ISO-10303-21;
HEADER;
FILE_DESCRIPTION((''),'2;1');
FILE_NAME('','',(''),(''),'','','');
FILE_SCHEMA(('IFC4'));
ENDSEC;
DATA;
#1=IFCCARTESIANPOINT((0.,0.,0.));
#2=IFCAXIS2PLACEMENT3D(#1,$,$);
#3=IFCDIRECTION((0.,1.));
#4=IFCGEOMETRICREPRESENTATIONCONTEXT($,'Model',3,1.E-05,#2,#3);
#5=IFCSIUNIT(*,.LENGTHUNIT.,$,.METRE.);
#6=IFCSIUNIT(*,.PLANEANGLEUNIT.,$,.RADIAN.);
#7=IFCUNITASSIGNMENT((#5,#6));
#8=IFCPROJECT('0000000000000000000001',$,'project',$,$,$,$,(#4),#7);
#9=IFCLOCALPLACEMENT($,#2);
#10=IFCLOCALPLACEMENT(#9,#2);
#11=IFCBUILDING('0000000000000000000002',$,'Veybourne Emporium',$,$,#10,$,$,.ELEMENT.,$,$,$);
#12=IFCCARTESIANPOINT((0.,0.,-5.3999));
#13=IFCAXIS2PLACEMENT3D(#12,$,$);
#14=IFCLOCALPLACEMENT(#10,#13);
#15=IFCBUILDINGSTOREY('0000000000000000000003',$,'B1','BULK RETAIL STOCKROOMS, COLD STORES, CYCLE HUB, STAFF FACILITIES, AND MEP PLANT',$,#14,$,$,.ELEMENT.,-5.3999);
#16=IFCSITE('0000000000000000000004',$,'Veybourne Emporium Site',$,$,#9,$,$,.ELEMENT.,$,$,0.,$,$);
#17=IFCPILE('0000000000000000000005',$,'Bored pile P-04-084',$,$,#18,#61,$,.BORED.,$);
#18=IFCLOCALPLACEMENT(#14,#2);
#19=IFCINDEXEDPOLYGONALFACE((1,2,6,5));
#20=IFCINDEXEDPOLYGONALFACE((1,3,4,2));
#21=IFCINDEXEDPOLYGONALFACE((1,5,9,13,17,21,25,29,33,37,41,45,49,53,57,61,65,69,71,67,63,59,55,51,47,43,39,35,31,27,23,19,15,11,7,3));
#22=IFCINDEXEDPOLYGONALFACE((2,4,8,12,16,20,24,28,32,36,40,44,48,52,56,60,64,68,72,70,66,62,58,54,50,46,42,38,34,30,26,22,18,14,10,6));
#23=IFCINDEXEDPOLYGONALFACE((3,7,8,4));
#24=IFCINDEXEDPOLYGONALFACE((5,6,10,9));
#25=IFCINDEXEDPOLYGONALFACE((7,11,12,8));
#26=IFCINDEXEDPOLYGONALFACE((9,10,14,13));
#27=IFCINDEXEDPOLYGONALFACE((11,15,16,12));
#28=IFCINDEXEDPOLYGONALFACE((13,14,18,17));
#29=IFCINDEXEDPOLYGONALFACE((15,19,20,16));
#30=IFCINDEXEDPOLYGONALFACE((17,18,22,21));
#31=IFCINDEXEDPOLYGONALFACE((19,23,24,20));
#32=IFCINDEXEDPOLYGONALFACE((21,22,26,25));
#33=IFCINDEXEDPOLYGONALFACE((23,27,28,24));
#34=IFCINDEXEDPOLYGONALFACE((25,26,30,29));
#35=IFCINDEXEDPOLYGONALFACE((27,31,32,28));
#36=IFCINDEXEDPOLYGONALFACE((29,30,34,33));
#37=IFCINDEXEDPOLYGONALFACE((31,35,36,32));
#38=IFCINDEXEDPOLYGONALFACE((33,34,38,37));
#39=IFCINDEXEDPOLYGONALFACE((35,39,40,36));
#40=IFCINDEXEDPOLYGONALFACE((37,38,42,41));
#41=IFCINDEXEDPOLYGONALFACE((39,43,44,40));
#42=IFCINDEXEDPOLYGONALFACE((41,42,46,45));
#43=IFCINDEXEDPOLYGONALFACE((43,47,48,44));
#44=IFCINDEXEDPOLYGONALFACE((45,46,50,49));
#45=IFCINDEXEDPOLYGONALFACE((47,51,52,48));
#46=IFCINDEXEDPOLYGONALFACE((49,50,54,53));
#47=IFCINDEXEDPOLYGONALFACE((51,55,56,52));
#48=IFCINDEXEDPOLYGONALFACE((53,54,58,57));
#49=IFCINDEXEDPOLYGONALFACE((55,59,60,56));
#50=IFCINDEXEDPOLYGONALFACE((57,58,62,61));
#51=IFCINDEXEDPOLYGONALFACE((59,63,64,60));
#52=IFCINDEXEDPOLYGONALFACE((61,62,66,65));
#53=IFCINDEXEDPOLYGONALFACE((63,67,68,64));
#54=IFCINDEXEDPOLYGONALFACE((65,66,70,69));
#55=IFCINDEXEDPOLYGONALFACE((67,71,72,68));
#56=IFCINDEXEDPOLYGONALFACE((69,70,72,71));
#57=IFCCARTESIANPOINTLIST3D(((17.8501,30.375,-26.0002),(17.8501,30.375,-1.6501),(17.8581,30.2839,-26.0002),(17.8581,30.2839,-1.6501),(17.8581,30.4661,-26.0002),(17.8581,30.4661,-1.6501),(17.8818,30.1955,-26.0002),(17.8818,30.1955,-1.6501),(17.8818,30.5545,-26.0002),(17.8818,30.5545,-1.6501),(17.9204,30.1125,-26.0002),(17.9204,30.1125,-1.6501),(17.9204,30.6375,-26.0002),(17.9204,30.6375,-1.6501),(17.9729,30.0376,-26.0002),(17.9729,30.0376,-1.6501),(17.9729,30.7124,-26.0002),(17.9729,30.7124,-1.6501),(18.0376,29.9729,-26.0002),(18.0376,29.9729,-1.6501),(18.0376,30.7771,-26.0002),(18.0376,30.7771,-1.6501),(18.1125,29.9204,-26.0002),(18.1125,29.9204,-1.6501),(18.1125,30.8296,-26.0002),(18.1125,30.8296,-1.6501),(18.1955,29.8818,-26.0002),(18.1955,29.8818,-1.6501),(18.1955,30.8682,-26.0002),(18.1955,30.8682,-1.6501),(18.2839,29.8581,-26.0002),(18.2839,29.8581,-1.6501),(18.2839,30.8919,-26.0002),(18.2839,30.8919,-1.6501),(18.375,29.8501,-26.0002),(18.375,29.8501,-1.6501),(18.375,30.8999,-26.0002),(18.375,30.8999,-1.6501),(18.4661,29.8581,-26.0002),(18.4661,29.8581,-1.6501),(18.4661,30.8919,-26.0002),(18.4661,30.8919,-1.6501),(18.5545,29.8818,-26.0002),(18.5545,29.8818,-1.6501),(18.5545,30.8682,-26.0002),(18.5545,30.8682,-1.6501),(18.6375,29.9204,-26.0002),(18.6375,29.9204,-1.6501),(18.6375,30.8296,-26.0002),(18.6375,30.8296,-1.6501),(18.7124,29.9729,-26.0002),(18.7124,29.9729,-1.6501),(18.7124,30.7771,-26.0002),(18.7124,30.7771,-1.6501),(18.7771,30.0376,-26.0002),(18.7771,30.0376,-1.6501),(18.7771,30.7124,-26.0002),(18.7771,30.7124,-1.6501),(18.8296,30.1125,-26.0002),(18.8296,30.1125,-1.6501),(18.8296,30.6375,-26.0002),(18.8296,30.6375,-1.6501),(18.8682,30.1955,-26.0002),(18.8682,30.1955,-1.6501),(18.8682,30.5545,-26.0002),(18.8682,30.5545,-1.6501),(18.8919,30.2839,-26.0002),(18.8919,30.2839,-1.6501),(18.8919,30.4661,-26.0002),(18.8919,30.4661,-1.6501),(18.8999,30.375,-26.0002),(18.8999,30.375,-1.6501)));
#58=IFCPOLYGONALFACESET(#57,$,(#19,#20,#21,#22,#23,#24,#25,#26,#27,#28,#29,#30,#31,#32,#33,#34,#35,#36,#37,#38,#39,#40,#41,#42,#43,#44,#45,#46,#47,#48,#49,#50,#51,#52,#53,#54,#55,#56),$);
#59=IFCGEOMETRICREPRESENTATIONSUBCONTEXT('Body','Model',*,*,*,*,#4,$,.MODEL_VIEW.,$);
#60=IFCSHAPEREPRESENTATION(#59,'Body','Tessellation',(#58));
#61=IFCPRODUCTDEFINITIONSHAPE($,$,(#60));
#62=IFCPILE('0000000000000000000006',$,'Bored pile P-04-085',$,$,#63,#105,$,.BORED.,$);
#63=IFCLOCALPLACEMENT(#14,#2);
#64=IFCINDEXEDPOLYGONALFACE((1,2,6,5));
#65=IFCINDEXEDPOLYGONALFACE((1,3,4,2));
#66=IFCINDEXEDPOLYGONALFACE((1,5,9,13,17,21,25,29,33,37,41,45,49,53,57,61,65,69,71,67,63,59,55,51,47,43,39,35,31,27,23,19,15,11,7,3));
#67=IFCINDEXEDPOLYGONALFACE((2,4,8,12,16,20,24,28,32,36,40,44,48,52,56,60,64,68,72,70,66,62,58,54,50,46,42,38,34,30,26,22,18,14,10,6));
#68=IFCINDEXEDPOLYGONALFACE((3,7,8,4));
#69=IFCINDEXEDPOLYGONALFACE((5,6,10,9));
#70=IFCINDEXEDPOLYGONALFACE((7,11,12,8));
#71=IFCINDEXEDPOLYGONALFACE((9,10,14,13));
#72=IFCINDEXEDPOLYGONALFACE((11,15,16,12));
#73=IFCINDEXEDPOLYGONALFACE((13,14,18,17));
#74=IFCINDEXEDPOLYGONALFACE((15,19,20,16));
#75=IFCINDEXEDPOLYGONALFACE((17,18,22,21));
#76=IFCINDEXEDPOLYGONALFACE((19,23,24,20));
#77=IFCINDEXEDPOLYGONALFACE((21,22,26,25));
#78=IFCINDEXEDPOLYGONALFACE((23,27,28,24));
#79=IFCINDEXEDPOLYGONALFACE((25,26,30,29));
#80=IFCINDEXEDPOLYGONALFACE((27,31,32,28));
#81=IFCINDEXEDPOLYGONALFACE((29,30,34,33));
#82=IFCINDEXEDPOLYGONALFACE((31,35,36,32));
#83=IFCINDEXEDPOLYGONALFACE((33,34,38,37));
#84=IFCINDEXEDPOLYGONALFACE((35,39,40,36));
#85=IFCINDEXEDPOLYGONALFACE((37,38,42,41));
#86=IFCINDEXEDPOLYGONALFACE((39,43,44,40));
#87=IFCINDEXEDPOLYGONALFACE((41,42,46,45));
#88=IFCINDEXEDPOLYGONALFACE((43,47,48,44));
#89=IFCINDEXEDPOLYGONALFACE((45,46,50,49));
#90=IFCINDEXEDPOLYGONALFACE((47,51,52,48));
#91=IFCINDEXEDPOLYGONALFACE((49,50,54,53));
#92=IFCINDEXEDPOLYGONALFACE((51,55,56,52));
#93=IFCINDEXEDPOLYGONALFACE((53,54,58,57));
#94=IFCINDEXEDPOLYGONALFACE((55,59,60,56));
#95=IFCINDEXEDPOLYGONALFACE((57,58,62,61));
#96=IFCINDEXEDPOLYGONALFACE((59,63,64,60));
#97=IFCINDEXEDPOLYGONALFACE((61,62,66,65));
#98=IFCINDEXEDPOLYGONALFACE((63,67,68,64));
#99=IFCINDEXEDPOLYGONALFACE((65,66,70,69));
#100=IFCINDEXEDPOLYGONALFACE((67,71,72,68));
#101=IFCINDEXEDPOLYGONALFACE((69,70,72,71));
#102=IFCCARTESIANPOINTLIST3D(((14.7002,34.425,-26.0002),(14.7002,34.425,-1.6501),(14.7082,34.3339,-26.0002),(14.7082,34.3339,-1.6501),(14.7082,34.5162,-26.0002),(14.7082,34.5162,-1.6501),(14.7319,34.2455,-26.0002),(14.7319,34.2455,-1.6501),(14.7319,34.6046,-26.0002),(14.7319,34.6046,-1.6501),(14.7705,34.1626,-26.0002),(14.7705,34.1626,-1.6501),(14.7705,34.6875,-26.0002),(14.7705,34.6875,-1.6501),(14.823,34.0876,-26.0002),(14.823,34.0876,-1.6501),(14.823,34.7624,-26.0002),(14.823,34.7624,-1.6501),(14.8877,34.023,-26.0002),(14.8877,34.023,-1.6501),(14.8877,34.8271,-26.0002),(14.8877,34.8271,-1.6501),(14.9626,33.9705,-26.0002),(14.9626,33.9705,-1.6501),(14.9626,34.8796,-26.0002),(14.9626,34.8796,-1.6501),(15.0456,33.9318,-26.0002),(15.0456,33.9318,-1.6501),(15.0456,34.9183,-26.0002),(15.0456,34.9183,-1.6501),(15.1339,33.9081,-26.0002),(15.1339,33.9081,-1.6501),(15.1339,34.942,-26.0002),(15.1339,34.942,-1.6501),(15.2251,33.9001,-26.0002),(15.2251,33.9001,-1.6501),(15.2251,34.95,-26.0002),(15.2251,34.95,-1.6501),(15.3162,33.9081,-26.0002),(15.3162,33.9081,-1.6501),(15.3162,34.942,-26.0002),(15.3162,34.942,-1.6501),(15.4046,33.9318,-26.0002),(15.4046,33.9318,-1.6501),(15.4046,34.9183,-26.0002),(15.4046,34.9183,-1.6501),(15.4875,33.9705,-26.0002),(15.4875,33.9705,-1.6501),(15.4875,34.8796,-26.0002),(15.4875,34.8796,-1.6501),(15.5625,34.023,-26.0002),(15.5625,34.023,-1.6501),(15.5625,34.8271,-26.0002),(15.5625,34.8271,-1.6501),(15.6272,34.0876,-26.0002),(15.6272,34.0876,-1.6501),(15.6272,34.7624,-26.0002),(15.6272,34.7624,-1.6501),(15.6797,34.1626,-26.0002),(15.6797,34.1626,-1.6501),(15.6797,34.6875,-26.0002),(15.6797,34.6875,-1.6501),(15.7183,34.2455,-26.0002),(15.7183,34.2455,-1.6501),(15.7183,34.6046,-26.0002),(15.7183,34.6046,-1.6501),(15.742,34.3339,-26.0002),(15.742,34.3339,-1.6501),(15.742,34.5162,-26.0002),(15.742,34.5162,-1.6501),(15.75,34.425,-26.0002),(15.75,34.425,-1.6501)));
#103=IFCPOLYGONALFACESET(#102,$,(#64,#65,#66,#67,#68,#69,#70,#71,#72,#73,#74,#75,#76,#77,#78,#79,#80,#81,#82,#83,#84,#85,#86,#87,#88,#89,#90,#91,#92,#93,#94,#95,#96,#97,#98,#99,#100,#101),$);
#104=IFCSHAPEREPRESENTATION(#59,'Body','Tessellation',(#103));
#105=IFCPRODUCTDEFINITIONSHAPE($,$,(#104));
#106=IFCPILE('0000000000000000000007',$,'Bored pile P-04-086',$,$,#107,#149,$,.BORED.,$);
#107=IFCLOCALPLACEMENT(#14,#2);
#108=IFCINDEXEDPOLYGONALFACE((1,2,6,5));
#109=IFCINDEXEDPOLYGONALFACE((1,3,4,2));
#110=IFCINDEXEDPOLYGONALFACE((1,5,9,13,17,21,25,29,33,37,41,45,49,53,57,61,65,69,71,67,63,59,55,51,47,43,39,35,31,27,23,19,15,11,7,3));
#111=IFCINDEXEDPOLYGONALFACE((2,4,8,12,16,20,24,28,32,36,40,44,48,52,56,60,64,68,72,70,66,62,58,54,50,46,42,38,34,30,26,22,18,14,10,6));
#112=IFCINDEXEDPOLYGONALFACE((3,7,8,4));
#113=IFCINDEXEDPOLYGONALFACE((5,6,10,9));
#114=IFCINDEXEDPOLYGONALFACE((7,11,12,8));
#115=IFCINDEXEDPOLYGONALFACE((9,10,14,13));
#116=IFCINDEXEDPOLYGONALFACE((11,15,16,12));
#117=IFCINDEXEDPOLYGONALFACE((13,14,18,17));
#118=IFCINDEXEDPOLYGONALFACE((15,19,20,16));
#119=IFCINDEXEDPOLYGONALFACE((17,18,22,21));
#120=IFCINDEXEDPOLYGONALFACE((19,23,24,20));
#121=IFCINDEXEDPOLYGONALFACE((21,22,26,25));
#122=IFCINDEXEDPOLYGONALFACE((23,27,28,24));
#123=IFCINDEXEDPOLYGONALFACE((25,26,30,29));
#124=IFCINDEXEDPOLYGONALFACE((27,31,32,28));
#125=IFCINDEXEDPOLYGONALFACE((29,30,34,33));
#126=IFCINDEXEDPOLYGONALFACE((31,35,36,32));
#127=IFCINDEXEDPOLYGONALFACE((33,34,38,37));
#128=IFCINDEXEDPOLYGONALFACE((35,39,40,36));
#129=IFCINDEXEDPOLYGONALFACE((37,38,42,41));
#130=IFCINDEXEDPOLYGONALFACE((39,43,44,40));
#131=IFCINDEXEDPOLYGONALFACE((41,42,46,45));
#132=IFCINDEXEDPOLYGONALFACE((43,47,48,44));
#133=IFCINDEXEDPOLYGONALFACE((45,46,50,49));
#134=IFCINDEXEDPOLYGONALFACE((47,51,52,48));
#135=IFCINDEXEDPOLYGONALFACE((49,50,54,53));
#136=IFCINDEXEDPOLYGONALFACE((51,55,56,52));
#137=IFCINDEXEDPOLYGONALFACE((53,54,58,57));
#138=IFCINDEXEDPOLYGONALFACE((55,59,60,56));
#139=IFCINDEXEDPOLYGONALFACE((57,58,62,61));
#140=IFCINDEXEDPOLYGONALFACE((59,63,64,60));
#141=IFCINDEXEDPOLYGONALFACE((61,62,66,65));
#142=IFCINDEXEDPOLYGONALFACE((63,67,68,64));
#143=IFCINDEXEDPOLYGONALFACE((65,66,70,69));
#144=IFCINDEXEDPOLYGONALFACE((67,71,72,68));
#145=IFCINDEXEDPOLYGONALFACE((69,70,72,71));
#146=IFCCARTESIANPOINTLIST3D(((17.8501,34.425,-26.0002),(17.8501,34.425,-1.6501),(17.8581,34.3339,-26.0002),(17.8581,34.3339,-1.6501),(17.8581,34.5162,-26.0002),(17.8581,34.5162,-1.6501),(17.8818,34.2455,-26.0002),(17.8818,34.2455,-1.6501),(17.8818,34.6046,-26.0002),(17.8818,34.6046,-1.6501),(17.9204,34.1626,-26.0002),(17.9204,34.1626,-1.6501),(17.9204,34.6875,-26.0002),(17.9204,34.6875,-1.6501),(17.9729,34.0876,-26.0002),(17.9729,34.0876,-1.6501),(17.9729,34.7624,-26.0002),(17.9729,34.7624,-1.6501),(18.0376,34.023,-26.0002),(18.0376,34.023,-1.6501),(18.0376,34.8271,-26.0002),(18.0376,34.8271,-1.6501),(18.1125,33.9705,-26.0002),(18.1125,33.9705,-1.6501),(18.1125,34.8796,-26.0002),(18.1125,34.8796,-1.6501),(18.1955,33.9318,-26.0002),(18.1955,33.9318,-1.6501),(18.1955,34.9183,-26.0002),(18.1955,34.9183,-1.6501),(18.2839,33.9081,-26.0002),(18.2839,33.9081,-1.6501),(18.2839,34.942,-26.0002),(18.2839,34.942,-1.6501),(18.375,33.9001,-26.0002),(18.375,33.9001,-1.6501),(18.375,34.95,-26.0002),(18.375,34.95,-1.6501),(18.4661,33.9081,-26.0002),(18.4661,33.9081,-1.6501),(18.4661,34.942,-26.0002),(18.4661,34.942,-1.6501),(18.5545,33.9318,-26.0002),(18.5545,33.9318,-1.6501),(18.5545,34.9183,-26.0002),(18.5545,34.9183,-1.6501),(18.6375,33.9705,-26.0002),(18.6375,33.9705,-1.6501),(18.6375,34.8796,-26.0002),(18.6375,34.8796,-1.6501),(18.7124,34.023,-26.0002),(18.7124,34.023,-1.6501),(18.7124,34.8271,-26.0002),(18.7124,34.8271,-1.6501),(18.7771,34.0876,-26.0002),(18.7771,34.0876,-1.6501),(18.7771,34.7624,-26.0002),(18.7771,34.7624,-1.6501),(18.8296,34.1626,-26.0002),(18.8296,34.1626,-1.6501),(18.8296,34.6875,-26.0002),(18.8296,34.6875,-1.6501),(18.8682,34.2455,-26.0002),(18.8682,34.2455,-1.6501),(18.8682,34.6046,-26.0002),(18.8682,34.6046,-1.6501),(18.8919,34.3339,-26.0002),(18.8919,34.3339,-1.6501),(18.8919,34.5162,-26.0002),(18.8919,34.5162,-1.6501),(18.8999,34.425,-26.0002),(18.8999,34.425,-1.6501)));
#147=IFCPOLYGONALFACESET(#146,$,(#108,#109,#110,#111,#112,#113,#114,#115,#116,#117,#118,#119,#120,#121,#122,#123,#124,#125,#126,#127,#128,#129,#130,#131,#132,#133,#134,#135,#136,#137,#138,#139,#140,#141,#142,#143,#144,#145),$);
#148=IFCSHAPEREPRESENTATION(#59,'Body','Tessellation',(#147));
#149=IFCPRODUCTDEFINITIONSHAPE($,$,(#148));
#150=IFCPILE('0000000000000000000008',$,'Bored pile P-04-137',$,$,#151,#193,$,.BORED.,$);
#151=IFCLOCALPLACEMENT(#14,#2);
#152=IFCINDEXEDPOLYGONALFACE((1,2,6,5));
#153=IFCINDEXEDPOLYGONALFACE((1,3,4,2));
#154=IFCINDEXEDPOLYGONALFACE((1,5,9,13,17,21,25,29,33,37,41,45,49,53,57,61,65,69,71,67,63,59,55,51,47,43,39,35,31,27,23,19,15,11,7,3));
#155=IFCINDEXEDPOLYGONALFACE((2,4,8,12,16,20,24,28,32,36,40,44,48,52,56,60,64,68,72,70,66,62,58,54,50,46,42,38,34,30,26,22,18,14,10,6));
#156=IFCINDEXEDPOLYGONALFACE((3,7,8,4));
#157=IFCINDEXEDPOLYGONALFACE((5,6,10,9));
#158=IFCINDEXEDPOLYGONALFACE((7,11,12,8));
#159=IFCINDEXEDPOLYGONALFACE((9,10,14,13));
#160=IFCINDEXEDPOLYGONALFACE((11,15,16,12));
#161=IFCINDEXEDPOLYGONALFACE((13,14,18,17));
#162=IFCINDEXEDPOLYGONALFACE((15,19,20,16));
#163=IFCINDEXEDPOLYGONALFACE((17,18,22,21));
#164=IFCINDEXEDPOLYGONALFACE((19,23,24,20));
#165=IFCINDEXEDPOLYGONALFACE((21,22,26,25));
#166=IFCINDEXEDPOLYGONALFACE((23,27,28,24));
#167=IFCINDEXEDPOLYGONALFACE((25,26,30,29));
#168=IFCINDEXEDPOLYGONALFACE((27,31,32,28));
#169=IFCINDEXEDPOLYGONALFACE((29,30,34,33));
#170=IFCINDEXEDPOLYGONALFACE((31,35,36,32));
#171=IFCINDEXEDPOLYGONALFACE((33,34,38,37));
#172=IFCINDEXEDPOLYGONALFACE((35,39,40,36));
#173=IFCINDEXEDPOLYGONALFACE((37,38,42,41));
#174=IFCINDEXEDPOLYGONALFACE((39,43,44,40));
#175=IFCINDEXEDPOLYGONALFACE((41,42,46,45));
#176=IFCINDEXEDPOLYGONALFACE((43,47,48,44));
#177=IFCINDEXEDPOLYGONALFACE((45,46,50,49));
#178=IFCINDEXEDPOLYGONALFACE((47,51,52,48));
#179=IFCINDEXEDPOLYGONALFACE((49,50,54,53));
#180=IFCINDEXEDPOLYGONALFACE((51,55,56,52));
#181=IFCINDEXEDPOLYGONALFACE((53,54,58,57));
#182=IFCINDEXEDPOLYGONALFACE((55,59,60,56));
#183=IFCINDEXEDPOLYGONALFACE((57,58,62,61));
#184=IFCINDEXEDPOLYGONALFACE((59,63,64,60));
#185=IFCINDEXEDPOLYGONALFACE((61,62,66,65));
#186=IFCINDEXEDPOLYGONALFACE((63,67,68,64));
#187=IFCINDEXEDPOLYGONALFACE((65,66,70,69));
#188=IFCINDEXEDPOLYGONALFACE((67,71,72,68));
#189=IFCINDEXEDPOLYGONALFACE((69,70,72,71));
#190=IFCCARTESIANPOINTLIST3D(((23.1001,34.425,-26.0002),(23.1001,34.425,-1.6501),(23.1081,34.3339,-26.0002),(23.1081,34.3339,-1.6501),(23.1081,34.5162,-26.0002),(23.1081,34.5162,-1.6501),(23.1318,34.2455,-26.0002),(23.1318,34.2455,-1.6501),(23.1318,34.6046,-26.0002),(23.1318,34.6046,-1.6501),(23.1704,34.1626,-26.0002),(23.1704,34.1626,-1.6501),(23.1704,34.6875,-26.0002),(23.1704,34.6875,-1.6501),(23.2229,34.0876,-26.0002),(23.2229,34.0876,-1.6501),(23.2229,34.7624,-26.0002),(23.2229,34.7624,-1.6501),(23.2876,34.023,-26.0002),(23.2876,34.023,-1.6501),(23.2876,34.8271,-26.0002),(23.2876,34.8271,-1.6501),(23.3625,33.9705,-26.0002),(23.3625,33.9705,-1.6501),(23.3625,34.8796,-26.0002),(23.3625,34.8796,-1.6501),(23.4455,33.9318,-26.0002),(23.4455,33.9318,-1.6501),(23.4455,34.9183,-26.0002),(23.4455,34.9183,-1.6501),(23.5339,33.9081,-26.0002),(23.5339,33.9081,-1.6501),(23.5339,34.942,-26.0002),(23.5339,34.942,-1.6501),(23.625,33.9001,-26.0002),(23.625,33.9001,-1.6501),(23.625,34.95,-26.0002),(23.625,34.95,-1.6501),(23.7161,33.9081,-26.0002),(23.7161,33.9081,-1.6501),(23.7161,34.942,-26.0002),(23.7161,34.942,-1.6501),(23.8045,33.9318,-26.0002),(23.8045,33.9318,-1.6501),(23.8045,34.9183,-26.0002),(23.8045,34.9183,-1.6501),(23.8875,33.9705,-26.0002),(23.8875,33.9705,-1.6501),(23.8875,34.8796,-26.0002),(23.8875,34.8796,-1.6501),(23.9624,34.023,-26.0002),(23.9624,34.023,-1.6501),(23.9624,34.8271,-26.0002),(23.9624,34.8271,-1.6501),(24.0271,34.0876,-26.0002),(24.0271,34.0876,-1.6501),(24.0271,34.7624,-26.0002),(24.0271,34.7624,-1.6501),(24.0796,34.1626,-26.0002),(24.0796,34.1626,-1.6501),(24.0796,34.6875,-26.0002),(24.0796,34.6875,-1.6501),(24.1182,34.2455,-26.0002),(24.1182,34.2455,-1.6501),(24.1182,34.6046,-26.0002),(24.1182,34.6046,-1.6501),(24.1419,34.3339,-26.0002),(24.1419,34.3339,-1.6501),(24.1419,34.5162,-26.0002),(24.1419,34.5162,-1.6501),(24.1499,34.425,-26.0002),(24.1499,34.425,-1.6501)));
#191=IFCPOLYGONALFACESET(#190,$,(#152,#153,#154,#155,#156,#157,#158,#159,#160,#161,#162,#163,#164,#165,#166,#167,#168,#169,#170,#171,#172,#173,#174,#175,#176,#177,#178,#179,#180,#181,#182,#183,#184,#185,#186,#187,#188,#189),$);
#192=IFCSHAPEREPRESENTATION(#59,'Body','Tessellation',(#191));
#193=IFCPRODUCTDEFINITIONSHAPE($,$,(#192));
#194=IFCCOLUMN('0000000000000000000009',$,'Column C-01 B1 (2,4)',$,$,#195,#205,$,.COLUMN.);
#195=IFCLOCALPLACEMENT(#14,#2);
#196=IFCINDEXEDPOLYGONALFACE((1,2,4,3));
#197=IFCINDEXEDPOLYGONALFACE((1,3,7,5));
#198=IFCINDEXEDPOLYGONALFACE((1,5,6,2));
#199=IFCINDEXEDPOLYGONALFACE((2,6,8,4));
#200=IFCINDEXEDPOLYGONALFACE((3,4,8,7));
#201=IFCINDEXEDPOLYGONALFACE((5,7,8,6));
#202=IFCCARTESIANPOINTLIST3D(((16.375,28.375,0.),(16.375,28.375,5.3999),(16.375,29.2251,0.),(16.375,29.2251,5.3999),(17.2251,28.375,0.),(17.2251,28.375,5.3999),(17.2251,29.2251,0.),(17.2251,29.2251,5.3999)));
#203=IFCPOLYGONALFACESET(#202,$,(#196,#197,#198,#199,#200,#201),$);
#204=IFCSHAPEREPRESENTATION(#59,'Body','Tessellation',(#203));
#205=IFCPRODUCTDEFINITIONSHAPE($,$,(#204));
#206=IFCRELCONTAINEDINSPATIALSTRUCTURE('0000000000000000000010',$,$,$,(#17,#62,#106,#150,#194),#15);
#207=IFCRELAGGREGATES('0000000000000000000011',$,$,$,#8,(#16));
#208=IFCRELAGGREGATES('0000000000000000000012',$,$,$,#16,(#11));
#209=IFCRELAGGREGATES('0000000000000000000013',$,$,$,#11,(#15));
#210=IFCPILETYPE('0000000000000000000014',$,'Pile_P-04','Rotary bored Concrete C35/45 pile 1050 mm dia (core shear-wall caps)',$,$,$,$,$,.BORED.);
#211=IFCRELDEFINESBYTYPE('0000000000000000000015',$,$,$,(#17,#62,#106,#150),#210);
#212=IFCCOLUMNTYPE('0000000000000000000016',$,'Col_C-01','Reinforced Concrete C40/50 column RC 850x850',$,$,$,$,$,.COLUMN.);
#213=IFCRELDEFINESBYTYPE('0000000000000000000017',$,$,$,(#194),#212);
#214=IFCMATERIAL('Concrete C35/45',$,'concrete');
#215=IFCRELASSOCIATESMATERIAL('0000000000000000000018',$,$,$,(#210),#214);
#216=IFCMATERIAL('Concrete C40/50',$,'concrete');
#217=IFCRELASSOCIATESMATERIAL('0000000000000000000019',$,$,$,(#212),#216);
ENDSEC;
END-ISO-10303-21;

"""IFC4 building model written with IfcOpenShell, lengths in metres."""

from ifc_helpers import new_model, si_unit, direction, frame, origin, origin_2d, place, context, subcontext, project, spatial, rectangle, circle, extrude, material, material_profile, profile_set, type_object, element, save


model = new_model("IFC4")

# Units and contexts
model_context = context("Model", 3, precision=1e-05, world=origin(), true_north=direction((0.0, 1.0)))
body_context = subcontext(model_context, "Body", "Model", "MODEL_VIEW")
ifc_project = project(units=[si_unit("LENGTHUNIT", "METRE"), si_unit("PLANEANGLEUNIT", "RADIAN")], contexts=[model_context])

# Site, building, storey
site_placement = place(None, origin())
site = spatial("IfcSite", under=ifc_project, at=site_placement, Name="Veybourne Emporium Site", CompositionType="ELEMENT", RefElevation=0.0)
building_placement = place(site_placement, origin())
building = spatial("IfcBuilding", under=site, at=building_placement, Name="Veybourne Emporium", CompositionType="ELEMENT")
storey_placement = place(building_placement, frame((0.0, 0.0, -5.3999)))
storey = spatial("IfcBuildingStorey", under=building, at=storey_placement, Name="B1", Description="BULK RETAIL STOCKROOMS, COLD STORES, CYCLE HUB, STAFF FACILITIES, AND MEP PLANT", CompositionType="ELEMENT", Elevation=-5.3999)

# Shared definitions
ifc_material_1 = material(Name="Concrete C35/45", Category="concrete")

# Piles
ifc_material_profile_1 = material_profile(ifc_material_1, circle(Radius=0.5249, at=origin_2d()), Name="BORED PILE 1050")
ifc_profile_set_1 = profile_set([ifc_material_profile_1], Name="Concrete C35/45")
pile_type_1 = type_object("IfcPileType", Name="Pile_P-04", Description="Rotary bored Concrete C35/45 pile 1050 mm dia (core shear-wall caps)", PredefinedType="BORED", material=ifc_profile_set_1)
for number, where, z_axis, x_axis, name in (
    (1, (18.375, 30.375, -1.6501), (0.0, 0.0, -1.0), (1.0, 0.0, 0.0), "Bored pile P-04-084"),
    (2, (15.2251, 34.425, -1.6501), (0.0, 0.0, -1.0), (1.0, 0.0, 0.0), "Bored pile P-04-085"),
    (3, (18.375, 34.425, -1.6501), (0.0, 0.0, -1.0), (1.0, 0.0, 0.0), "Bored pile P-04-086"),
    (4, (23.625, 34.425, -1.6501), (0.0, 0.0, -1.0), (1.0, 0.0, 0.0), "Bored pile P-04-137"),
):
    element("IfcPile", number, at=place(storey_placement, frame(where, z_axis=z_axis, x_axis=x_axis)), inside=storey, type_object=pile_type_1, Name=name, PredefinedType="BORED", context=body_context, shape_type="SweptSolid", body=[
        extrude(circle(Radius=0.5249, at=origin_2d()), origin(), (0.0, 0.0, 1.0), 24.3501),
    ])

# Column
ifc_material_2 = material(Name="Concrete C40/50", Category="concrete")
ifc_material_profile_2 = material_profile(ifc_material_2, rectangle(XDim=0.8501, YDim=0.8501, at=origin_2d()), Name="RC 850x850")
ifc_profile_set_2 = profile_set([ifc_material_profile_2], Name="Concrete C40/50")
column_type_1 = type_object("IfcColumnType", Name="Col_C-01", Description="Reinforced Concrete C40/50 column RC 850x850", PredefinedType="COLUMN", material=ifc_profile_set_2)
column_1_placement = place(storey_placement, frame((16.8, 28.8, 0.0), z_axis=(0.0, 0.0, 1.0), x_axis=(1.0, 0.0, 0.0)))
element("IfcColumn", 5, at=column_1_placement, inside=storey, type_object=column_type_1, Name="Column C-01 B1 (2,4)", PredefinedType="COLUMN", context=body_context, shape_type="SweptSolid", body=[
    extrude(rectangle(XDim=0.8501, YDim=0.8501, at=origin_2d()), origin(), (0.0, 0.0, 1.0), 5.3999),
])

save(model, "model.ifc")
